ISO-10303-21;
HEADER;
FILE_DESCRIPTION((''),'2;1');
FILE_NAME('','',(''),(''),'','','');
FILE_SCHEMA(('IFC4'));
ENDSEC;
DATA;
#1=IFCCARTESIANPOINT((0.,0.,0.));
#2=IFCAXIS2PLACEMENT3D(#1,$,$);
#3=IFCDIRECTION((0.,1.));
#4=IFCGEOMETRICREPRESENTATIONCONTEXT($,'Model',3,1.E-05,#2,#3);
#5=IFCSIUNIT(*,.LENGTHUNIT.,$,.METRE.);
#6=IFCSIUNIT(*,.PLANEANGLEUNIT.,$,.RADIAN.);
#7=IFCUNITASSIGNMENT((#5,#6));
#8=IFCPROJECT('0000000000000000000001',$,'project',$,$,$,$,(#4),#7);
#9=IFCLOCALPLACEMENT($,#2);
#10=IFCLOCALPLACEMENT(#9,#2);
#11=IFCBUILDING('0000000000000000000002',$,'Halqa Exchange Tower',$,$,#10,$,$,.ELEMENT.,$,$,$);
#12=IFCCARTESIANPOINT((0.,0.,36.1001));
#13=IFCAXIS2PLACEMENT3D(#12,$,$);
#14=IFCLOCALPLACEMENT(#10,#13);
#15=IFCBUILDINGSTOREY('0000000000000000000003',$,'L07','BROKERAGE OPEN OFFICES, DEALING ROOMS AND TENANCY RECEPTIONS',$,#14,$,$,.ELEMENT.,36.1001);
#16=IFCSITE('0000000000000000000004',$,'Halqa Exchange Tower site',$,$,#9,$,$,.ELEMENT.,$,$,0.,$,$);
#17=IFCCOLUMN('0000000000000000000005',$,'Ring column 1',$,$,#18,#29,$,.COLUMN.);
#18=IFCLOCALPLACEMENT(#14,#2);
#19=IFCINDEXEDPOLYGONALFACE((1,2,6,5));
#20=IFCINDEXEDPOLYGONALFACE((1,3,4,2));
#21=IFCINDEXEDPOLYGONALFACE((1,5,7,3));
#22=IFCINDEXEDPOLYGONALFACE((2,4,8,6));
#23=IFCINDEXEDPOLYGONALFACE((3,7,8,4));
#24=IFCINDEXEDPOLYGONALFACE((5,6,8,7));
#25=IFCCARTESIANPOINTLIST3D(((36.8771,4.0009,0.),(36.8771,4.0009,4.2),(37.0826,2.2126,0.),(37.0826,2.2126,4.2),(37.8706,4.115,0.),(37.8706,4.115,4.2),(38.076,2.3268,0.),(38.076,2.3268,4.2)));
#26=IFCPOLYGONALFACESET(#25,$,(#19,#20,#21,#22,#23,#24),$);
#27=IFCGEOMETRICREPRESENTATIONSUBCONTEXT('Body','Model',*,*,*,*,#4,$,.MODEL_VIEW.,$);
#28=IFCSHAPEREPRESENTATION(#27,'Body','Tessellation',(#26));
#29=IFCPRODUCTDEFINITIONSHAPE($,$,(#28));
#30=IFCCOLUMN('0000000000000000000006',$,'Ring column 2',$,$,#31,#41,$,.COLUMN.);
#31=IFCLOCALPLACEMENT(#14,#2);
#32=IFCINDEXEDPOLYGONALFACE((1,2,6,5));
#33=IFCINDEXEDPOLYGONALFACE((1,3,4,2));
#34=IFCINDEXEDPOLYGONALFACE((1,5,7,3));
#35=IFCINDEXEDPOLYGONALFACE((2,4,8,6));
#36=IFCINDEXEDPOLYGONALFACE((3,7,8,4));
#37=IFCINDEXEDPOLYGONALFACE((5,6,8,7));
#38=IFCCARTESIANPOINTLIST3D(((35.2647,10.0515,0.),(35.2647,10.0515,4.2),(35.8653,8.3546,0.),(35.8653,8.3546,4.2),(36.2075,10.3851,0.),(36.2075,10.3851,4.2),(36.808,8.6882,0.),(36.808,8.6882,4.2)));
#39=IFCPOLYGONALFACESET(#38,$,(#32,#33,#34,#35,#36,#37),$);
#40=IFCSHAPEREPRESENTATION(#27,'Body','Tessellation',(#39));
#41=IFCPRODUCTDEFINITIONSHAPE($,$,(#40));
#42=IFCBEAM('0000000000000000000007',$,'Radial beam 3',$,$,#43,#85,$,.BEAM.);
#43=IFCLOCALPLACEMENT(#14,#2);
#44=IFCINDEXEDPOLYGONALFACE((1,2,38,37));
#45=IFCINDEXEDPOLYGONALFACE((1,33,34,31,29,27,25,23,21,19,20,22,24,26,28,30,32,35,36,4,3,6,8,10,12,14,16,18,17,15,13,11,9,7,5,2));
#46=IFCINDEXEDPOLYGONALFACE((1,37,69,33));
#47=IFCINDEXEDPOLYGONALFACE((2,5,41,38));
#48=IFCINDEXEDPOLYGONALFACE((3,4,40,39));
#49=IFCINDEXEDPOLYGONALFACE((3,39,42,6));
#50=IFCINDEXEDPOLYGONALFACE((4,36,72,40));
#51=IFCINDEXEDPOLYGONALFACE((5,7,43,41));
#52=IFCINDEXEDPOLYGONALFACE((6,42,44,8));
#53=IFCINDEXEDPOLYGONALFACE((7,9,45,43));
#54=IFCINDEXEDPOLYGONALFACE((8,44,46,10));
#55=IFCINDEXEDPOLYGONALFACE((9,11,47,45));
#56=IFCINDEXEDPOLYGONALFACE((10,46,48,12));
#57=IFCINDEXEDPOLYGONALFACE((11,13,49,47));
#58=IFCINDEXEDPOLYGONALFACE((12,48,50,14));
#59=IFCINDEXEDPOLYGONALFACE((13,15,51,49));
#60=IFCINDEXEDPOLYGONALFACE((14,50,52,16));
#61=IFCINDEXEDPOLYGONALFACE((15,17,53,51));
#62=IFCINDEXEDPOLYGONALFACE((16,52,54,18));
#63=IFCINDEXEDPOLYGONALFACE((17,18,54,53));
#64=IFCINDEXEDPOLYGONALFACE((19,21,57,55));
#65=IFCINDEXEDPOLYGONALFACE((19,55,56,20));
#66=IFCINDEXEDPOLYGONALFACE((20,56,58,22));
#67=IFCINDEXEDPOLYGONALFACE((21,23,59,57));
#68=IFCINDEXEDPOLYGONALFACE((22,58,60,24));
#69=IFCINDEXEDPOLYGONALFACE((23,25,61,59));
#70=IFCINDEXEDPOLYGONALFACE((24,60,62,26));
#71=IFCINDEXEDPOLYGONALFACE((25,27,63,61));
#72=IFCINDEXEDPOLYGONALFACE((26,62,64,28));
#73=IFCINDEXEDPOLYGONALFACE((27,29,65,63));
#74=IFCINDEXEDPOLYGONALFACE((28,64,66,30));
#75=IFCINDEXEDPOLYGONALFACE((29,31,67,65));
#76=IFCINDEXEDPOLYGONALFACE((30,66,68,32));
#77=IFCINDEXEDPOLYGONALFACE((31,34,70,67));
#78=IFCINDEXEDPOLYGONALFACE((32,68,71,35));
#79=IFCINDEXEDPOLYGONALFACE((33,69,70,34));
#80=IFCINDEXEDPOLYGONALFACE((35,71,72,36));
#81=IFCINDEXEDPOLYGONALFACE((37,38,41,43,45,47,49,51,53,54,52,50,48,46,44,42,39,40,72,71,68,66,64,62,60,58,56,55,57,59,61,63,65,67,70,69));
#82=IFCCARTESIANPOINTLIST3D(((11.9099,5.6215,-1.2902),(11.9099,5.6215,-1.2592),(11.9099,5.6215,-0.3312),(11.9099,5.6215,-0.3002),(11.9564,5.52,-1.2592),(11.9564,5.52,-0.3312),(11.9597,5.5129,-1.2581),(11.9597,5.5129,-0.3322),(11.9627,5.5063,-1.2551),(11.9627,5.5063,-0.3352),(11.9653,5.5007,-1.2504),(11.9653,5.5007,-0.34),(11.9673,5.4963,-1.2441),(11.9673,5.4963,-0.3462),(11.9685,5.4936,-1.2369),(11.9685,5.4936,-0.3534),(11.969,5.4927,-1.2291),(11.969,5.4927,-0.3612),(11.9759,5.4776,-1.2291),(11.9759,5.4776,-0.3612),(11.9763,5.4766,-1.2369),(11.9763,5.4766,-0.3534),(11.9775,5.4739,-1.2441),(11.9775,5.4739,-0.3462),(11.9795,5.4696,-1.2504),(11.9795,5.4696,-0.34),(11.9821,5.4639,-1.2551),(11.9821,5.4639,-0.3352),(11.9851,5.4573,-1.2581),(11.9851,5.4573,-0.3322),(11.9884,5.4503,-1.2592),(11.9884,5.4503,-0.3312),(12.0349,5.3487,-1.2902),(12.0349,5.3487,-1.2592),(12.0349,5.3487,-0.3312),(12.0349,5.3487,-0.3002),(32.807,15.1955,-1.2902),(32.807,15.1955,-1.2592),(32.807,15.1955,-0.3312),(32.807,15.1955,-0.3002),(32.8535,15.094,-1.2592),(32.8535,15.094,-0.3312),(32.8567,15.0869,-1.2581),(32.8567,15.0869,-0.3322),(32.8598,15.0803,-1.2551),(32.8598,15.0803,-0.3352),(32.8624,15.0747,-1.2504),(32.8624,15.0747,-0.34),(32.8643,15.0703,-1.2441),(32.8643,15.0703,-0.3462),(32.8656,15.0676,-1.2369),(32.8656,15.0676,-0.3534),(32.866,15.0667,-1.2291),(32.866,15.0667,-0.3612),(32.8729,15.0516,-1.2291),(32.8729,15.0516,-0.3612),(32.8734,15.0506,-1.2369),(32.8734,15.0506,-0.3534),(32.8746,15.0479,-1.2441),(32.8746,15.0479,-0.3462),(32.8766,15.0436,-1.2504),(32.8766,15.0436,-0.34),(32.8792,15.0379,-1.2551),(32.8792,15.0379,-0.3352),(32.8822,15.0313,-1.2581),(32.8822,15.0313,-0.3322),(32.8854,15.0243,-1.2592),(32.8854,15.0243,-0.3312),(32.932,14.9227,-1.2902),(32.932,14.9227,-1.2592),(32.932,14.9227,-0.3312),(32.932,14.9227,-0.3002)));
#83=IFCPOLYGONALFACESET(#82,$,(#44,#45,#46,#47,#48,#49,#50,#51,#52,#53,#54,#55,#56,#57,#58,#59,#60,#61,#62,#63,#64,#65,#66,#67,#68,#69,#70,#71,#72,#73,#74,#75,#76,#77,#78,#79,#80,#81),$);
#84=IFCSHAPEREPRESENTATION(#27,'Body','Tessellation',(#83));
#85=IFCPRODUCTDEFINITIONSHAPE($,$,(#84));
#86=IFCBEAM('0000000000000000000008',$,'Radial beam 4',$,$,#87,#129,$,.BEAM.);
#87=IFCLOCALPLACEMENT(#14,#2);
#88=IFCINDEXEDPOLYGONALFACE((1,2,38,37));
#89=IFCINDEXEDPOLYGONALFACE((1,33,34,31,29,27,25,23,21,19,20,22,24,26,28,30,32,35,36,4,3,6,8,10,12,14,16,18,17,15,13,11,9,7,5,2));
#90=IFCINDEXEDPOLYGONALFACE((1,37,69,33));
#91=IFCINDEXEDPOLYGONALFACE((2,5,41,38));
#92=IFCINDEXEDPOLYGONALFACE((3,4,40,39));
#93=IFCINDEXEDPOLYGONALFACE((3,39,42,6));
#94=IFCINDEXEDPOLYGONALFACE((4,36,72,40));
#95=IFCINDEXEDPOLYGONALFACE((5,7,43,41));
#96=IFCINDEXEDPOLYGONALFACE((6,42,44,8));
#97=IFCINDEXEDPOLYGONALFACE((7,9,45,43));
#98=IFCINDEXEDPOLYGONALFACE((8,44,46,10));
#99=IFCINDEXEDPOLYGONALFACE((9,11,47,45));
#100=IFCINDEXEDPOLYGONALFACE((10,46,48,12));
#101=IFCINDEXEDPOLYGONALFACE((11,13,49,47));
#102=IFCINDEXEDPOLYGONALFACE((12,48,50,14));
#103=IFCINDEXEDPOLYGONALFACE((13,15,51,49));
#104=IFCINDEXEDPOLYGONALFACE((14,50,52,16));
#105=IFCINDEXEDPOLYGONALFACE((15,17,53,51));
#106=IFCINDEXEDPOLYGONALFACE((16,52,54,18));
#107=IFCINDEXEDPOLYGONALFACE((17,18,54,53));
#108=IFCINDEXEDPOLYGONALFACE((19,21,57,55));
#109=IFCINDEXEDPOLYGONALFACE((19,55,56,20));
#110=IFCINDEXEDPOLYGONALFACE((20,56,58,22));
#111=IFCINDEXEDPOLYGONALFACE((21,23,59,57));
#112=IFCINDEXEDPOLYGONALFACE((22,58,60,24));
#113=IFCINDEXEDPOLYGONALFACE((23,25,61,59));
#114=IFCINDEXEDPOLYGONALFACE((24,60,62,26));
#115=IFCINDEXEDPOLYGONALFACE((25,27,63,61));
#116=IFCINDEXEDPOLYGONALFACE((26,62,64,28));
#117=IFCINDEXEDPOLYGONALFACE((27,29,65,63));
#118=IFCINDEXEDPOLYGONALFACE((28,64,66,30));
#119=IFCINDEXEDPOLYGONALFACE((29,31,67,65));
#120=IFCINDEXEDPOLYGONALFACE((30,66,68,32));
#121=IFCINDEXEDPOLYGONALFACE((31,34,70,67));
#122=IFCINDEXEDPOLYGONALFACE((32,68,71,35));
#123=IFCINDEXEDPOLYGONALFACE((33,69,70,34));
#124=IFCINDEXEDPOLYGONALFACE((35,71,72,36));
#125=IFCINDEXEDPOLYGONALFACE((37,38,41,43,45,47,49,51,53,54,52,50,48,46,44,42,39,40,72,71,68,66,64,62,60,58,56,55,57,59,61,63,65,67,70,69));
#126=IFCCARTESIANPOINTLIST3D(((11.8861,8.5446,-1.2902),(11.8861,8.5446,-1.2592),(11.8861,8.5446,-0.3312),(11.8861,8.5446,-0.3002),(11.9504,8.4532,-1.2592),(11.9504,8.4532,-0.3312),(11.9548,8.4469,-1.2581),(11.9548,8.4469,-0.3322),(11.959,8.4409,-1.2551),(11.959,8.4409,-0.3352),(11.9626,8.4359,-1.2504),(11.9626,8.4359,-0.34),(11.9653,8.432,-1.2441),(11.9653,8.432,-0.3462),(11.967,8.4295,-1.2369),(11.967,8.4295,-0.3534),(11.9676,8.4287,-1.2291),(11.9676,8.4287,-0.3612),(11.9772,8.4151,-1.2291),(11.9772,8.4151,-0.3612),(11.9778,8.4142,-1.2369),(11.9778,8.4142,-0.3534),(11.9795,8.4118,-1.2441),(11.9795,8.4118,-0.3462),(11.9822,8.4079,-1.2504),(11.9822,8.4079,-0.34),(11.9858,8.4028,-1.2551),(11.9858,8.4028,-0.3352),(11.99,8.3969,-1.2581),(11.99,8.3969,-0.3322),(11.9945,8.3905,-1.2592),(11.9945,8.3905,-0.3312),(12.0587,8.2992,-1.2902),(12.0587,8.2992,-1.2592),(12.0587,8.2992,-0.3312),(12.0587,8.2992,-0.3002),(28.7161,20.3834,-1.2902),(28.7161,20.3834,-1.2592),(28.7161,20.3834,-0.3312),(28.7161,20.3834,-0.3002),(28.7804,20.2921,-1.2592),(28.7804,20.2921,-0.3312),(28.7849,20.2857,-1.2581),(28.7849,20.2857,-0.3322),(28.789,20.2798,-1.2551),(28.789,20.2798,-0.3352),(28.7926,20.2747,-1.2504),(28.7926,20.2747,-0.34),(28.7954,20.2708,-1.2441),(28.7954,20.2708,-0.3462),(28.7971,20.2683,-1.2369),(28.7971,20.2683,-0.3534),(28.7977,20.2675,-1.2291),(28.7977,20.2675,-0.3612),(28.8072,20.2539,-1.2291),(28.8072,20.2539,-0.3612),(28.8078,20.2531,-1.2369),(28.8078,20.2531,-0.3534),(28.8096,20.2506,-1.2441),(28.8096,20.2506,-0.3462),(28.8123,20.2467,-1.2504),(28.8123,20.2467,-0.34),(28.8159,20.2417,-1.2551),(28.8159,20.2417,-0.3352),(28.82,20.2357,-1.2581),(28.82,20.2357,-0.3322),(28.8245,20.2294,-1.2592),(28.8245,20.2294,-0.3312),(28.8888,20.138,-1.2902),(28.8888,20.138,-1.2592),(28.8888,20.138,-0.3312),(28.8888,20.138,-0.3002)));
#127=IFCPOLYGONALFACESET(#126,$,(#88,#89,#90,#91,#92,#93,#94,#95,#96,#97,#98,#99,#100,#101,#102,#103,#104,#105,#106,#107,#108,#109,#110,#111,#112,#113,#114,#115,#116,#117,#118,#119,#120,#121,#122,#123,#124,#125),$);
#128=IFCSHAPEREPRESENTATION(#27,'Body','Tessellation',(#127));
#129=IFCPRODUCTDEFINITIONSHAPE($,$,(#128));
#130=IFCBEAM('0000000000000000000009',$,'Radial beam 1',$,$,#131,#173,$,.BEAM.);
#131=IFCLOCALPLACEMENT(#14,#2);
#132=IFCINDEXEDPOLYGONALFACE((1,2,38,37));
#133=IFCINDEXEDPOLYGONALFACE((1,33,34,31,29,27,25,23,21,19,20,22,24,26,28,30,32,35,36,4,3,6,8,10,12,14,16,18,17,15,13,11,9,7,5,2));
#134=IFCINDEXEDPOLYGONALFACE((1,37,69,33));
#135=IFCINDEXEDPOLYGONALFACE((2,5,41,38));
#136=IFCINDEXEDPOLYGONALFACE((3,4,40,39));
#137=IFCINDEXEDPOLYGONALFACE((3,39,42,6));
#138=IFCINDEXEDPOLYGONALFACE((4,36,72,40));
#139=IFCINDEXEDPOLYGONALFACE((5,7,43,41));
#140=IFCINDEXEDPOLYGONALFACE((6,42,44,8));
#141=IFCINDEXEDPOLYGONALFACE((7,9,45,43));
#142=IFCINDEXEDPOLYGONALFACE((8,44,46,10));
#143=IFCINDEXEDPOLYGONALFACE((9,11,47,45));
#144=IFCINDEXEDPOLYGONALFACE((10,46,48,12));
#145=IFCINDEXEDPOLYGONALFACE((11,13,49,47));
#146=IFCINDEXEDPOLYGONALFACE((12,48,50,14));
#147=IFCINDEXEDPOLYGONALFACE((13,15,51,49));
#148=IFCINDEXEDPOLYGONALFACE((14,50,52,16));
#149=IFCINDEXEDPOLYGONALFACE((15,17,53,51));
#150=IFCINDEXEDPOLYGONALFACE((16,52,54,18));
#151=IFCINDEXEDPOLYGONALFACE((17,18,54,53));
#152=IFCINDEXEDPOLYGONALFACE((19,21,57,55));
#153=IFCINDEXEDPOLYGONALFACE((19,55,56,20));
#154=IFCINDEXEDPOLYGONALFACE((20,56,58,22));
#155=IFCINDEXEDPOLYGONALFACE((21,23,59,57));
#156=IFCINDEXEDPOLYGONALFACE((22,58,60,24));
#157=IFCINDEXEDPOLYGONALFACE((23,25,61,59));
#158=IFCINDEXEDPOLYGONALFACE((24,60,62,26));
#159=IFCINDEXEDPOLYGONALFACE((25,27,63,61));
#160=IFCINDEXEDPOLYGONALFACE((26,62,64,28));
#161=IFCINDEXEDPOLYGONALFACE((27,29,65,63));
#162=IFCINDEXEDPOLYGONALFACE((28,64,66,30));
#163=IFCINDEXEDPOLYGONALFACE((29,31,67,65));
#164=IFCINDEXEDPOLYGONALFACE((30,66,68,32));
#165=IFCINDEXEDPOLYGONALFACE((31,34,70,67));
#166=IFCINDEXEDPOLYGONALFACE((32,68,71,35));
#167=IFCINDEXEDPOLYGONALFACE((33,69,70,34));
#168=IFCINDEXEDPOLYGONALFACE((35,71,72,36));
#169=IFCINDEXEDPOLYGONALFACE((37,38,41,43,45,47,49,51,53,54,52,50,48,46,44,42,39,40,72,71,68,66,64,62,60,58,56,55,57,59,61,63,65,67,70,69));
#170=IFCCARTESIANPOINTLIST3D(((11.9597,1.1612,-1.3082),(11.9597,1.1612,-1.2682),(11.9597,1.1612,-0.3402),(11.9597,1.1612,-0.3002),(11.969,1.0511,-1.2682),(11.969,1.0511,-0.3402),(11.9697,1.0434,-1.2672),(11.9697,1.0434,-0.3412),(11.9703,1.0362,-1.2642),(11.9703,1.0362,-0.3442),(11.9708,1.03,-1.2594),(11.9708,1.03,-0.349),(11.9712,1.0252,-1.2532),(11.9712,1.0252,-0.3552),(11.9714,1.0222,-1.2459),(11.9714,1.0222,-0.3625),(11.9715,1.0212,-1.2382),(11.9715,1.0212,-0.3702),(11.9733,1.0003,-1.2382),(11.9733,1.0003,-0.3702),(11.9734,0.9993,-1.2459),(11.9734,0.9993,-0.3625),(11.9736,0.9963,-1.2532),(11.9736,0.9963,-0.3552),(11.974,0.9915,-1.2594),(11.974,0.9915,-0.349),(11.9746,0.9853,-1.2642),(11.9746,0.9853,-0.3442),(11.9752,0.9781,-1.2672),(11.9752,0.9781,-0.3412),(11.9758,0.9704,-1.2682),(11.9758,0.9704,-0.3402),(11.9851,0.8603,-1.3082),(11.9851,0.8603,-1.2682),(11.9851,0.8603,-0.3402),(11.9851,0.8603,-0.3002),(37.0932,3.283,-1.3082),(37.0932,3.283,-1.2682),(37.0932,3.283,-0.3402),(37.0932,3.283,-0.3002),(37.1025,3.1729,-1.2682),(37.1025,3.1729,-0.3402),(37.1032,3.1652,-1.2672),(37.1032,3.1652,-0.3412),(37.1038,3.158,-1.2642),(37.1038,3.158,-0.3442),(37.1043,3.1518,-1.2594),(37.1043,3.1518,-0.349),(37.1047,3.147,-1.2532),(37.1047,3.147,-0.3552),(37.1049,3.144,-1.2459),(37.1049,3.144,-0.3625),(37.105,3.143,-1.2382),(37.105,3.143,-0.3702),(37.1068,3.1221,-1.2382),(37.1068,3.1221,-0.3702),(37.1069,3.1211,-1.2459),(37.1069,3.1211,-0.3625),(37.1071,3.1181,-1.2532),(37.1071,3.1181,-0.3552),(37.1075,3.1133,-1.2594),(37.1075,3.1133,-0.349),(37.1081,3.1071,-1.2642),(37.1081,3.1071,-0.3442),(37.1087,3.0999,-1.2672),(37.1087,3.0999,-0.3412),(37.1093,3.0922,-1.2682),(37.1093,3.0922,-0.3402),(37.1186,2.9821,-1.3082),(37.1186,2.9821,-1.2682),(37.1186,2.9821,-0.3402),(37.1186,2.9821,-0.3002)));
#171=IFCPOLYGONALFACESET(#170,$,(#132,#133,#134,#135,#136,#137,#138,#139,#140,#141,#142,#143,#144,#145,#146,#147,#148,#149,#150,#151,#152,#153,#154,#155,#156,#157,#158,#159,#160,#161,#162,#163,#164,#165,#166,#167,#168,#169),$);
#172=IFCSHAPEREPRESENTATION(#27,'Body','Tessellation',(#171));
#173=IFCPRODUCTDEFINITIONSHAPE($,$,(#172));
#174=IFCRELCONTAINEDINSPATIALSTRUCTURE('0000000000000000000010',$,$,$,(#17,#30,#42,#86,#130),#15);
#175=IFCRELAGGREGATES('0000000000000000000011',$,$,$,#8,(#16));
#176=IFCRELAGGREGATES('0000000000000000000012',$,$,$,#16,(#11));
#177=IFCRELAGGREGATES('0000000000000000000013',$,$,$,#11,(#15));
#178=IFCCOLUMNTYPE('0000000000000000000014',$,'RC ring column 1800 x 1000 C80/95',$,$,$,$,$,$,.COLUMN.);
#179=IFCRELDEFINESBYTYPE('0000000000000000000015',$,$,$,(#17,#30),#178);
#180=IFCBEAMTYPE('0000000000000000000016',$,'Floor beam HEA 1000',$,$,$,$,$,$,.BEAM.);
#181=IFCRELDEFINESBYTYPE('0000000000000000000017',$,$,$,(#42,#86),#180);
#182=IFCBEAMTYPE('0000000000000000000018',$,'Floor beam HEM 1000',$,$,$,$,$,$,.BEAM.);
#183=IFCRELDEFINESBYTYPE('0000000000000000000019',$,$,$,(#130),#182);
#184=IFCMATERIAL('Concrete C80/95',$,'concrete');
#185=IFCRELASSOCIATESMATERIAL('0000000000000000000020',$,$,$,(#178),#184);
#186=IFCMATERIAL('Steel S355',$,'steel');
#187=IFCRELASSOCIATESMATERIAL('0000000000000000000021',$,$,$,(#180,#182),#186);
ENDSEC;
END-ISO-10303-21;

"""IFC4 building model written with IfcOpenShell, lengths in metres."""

from ifc_helpers import new_model, si_unit, direction, frame, origin, origin_2d, place, context, subcontext, project, spatial, rectangle, i_section, extrude, material, material_profile, profile_set, type_object, element, save


model = new_model("IFC4")

# Units and contexts
model_context = context("Model", 3, precision=1e-05, world=origin(), true_north=direction((0.0, 1.0)))
body_context = subcontext(model_context, "Body", "Model", "MODEL_VIEW")
ifc_project = project(units=[si_unit("LENGTHUNIT", "METRE"), si_unit("PLANEANGLEUNIT", "RADIAN")], contexts=[model_context])

# Site, building, storey
site_placement = place(None, origin())
site = spatial("IfcSite", under=ifc_project, at=site_placement, Name="Halqa Exchange Tower site", CompositionType="ELEMENT", RefElevation=0.0)
building_placement = place(site_placement, origin())
building = spatial("IfcBuilding", under=site, at=building_placement, Name="Halqa Exchange Tower", CompositionType="ELEMENT")
storey_placement = place(building_placement, frame((0.0, 0.0, 36.1001)))
storey = spatial("IfcBuildingStorey", under=building, at=storey_placement, Name="L07", Description="BROKERAGE OPEN OFFICES, DEALING ROOMS AND TENANCY RECEPTIONS", CompositionType="ELEMENT", Elevation=36.1001)

# Columns
ifc_material_1 = material(Name="Concrete C80/95", Category="concrete")
ifc_material_profile_1 = material_profile(ifc_material_1, rectangle(XDim=1.8, YDim=1.0, at=origin_2d()), Name="1800 x 1000")
ifc_profile_set_1 = profile_set([ifc_material_profile_1], Name="Concrete C80/95")
column_type = type_object("IfcColumnType", Name="RC ring column 1800 x 1000 C80/95", PredefinedType="COLUMN", material=ifc_profile_set_1)
for number, where, z_axis, x_axis, name in (
    (1, (37.4766, 3.1638, 0.0), (0.0, 0.0, 1.0), (-0.114155, 0.993463, 0.0), "Ring column 1"),
    (2, (36.0364, 9.3699, 0.0), (0.0, 0.0, 1.0), (-0.333631, 0.942704, 0.0), "Ring column 2"),
):
    element("IfcColumn", number, at=place(storey_placement, frame(where, z_axis=z_axis, x_axis=x_axis)), inside=storey, type_object=column_type, Name=name, PredefinedType="COLUMN", context=body_context, shape_type="SweptSolid", body=[
        extrude(rectangle(XDim=1.8, YDim=1.0, at=origin_2d()), origin(), (0.0, 0.0, 1.0), 4.2),
    ])

# Beams
ifc_material_2 = material(Name="Steel S355", Category="steel")
ifc_material_profile_2 = material_profile(ifc_material_2, i_section(OverallWidth=0.3, OverallDepth=0.99, WebThickness=0.0166, FlangeThickness=0.031, FilletRadius=0.03, at=origin_2d()), Name="HEA 1000")
ifc_profile_set_2 = profile_set([ifc_material_profile_2], Name="Steel S355")
beam_type_1 = type_object("IfcBeamType", Name="Floor beam HEA 1000", PredefinedType="BEAM", material=ifc_profile_set_2)
beam_1_placement = place(storey_placement, frame((11.9724, 5.4851, -0.7952), z_axis=(0.909128, 0.416518, 0.0), x_axis=(-0.416518, 0.909128, 0.0)))
element("IfcBeam", 3, at=beam_1_placement, inside=storey, type_object=beam_type_1, Name="Radial beam 3", PredefinedType="BEAM", context=body_context, shape_type="SweptSolid", body=[
    extrude(i_section(OverallWidth=0.3, OverallDepth=0.99, WebThickness=0.0166, FlangeThickness=0.031, FilletRadius=0.03, at=origin_2d()), origin(), (0.0, 0.0, 1.0), 22.9858),
])
beam_2_placement = place(storey_placement, frame((11.9724, 8.4219, -0.7952), z_axis=(0.81791, 0.575346, 0.0), x_axis=(-0.575346, 0.81791, 0.0)))
element("IfcBeam", 4, at=beam_2_placement, inside=storey, type_object=beam_type_1, Name="Radial beam 4", PredefinedType="BEAM", context=body_context, shape_type="SweptSolid", body=[
    extrude(i_section(OverallWidth=0.3, OverallDepth=0.99, WebThickness=0.0166, FlangeThickness=0.031, FilletRadius=0.03, at=origin_2d()), origin(), (0.0, 0.0, 1.0), 20.5769),
])
ifc_material_profile_3 = material_profile(ifc_material_2, i_section(OverallWidth=0.302, OverallDepth=1.0081, WebThickness=0.021, FlangeThickness=0.04, FilletRadius=0.03, at=origin_2d()), Name="HEM 1000")
ifc_profile_set_3 = profile_set([ifc_material_profile_3], Name="Steel S355")
beam_type_2 = type_object("IfcBeamType", Name="Floor beam HEM 1000", PredefinedType="BEAM", material=ifc_profile_set_3)
beam_3_placement = place(storey_placement, frame((11.9724, 1.0107, -0.8042), z_axis=(0.996455, 0.084123, 0.0), x_axis=(-0.084123, 0.996455, 0.0)))
element("IfcBeam", 5, at=beam_3_placement, inside=storey, type_object=beam_type_2, Name="Radial beam 1", PredefinedType="BEAM", context=body_context, shape_type="SweptSolid", body=[
    extrude(i_section(OverallWidth=0.302, OverallDepth=1.0081, WebThickness=0.021, FlangeThickness=0.04, FilletRadius=0.03, at=origin_2d()), origin(), (0.0, 0.0, 1.0), 25.2229),
])

save(model, "model.ifc")
